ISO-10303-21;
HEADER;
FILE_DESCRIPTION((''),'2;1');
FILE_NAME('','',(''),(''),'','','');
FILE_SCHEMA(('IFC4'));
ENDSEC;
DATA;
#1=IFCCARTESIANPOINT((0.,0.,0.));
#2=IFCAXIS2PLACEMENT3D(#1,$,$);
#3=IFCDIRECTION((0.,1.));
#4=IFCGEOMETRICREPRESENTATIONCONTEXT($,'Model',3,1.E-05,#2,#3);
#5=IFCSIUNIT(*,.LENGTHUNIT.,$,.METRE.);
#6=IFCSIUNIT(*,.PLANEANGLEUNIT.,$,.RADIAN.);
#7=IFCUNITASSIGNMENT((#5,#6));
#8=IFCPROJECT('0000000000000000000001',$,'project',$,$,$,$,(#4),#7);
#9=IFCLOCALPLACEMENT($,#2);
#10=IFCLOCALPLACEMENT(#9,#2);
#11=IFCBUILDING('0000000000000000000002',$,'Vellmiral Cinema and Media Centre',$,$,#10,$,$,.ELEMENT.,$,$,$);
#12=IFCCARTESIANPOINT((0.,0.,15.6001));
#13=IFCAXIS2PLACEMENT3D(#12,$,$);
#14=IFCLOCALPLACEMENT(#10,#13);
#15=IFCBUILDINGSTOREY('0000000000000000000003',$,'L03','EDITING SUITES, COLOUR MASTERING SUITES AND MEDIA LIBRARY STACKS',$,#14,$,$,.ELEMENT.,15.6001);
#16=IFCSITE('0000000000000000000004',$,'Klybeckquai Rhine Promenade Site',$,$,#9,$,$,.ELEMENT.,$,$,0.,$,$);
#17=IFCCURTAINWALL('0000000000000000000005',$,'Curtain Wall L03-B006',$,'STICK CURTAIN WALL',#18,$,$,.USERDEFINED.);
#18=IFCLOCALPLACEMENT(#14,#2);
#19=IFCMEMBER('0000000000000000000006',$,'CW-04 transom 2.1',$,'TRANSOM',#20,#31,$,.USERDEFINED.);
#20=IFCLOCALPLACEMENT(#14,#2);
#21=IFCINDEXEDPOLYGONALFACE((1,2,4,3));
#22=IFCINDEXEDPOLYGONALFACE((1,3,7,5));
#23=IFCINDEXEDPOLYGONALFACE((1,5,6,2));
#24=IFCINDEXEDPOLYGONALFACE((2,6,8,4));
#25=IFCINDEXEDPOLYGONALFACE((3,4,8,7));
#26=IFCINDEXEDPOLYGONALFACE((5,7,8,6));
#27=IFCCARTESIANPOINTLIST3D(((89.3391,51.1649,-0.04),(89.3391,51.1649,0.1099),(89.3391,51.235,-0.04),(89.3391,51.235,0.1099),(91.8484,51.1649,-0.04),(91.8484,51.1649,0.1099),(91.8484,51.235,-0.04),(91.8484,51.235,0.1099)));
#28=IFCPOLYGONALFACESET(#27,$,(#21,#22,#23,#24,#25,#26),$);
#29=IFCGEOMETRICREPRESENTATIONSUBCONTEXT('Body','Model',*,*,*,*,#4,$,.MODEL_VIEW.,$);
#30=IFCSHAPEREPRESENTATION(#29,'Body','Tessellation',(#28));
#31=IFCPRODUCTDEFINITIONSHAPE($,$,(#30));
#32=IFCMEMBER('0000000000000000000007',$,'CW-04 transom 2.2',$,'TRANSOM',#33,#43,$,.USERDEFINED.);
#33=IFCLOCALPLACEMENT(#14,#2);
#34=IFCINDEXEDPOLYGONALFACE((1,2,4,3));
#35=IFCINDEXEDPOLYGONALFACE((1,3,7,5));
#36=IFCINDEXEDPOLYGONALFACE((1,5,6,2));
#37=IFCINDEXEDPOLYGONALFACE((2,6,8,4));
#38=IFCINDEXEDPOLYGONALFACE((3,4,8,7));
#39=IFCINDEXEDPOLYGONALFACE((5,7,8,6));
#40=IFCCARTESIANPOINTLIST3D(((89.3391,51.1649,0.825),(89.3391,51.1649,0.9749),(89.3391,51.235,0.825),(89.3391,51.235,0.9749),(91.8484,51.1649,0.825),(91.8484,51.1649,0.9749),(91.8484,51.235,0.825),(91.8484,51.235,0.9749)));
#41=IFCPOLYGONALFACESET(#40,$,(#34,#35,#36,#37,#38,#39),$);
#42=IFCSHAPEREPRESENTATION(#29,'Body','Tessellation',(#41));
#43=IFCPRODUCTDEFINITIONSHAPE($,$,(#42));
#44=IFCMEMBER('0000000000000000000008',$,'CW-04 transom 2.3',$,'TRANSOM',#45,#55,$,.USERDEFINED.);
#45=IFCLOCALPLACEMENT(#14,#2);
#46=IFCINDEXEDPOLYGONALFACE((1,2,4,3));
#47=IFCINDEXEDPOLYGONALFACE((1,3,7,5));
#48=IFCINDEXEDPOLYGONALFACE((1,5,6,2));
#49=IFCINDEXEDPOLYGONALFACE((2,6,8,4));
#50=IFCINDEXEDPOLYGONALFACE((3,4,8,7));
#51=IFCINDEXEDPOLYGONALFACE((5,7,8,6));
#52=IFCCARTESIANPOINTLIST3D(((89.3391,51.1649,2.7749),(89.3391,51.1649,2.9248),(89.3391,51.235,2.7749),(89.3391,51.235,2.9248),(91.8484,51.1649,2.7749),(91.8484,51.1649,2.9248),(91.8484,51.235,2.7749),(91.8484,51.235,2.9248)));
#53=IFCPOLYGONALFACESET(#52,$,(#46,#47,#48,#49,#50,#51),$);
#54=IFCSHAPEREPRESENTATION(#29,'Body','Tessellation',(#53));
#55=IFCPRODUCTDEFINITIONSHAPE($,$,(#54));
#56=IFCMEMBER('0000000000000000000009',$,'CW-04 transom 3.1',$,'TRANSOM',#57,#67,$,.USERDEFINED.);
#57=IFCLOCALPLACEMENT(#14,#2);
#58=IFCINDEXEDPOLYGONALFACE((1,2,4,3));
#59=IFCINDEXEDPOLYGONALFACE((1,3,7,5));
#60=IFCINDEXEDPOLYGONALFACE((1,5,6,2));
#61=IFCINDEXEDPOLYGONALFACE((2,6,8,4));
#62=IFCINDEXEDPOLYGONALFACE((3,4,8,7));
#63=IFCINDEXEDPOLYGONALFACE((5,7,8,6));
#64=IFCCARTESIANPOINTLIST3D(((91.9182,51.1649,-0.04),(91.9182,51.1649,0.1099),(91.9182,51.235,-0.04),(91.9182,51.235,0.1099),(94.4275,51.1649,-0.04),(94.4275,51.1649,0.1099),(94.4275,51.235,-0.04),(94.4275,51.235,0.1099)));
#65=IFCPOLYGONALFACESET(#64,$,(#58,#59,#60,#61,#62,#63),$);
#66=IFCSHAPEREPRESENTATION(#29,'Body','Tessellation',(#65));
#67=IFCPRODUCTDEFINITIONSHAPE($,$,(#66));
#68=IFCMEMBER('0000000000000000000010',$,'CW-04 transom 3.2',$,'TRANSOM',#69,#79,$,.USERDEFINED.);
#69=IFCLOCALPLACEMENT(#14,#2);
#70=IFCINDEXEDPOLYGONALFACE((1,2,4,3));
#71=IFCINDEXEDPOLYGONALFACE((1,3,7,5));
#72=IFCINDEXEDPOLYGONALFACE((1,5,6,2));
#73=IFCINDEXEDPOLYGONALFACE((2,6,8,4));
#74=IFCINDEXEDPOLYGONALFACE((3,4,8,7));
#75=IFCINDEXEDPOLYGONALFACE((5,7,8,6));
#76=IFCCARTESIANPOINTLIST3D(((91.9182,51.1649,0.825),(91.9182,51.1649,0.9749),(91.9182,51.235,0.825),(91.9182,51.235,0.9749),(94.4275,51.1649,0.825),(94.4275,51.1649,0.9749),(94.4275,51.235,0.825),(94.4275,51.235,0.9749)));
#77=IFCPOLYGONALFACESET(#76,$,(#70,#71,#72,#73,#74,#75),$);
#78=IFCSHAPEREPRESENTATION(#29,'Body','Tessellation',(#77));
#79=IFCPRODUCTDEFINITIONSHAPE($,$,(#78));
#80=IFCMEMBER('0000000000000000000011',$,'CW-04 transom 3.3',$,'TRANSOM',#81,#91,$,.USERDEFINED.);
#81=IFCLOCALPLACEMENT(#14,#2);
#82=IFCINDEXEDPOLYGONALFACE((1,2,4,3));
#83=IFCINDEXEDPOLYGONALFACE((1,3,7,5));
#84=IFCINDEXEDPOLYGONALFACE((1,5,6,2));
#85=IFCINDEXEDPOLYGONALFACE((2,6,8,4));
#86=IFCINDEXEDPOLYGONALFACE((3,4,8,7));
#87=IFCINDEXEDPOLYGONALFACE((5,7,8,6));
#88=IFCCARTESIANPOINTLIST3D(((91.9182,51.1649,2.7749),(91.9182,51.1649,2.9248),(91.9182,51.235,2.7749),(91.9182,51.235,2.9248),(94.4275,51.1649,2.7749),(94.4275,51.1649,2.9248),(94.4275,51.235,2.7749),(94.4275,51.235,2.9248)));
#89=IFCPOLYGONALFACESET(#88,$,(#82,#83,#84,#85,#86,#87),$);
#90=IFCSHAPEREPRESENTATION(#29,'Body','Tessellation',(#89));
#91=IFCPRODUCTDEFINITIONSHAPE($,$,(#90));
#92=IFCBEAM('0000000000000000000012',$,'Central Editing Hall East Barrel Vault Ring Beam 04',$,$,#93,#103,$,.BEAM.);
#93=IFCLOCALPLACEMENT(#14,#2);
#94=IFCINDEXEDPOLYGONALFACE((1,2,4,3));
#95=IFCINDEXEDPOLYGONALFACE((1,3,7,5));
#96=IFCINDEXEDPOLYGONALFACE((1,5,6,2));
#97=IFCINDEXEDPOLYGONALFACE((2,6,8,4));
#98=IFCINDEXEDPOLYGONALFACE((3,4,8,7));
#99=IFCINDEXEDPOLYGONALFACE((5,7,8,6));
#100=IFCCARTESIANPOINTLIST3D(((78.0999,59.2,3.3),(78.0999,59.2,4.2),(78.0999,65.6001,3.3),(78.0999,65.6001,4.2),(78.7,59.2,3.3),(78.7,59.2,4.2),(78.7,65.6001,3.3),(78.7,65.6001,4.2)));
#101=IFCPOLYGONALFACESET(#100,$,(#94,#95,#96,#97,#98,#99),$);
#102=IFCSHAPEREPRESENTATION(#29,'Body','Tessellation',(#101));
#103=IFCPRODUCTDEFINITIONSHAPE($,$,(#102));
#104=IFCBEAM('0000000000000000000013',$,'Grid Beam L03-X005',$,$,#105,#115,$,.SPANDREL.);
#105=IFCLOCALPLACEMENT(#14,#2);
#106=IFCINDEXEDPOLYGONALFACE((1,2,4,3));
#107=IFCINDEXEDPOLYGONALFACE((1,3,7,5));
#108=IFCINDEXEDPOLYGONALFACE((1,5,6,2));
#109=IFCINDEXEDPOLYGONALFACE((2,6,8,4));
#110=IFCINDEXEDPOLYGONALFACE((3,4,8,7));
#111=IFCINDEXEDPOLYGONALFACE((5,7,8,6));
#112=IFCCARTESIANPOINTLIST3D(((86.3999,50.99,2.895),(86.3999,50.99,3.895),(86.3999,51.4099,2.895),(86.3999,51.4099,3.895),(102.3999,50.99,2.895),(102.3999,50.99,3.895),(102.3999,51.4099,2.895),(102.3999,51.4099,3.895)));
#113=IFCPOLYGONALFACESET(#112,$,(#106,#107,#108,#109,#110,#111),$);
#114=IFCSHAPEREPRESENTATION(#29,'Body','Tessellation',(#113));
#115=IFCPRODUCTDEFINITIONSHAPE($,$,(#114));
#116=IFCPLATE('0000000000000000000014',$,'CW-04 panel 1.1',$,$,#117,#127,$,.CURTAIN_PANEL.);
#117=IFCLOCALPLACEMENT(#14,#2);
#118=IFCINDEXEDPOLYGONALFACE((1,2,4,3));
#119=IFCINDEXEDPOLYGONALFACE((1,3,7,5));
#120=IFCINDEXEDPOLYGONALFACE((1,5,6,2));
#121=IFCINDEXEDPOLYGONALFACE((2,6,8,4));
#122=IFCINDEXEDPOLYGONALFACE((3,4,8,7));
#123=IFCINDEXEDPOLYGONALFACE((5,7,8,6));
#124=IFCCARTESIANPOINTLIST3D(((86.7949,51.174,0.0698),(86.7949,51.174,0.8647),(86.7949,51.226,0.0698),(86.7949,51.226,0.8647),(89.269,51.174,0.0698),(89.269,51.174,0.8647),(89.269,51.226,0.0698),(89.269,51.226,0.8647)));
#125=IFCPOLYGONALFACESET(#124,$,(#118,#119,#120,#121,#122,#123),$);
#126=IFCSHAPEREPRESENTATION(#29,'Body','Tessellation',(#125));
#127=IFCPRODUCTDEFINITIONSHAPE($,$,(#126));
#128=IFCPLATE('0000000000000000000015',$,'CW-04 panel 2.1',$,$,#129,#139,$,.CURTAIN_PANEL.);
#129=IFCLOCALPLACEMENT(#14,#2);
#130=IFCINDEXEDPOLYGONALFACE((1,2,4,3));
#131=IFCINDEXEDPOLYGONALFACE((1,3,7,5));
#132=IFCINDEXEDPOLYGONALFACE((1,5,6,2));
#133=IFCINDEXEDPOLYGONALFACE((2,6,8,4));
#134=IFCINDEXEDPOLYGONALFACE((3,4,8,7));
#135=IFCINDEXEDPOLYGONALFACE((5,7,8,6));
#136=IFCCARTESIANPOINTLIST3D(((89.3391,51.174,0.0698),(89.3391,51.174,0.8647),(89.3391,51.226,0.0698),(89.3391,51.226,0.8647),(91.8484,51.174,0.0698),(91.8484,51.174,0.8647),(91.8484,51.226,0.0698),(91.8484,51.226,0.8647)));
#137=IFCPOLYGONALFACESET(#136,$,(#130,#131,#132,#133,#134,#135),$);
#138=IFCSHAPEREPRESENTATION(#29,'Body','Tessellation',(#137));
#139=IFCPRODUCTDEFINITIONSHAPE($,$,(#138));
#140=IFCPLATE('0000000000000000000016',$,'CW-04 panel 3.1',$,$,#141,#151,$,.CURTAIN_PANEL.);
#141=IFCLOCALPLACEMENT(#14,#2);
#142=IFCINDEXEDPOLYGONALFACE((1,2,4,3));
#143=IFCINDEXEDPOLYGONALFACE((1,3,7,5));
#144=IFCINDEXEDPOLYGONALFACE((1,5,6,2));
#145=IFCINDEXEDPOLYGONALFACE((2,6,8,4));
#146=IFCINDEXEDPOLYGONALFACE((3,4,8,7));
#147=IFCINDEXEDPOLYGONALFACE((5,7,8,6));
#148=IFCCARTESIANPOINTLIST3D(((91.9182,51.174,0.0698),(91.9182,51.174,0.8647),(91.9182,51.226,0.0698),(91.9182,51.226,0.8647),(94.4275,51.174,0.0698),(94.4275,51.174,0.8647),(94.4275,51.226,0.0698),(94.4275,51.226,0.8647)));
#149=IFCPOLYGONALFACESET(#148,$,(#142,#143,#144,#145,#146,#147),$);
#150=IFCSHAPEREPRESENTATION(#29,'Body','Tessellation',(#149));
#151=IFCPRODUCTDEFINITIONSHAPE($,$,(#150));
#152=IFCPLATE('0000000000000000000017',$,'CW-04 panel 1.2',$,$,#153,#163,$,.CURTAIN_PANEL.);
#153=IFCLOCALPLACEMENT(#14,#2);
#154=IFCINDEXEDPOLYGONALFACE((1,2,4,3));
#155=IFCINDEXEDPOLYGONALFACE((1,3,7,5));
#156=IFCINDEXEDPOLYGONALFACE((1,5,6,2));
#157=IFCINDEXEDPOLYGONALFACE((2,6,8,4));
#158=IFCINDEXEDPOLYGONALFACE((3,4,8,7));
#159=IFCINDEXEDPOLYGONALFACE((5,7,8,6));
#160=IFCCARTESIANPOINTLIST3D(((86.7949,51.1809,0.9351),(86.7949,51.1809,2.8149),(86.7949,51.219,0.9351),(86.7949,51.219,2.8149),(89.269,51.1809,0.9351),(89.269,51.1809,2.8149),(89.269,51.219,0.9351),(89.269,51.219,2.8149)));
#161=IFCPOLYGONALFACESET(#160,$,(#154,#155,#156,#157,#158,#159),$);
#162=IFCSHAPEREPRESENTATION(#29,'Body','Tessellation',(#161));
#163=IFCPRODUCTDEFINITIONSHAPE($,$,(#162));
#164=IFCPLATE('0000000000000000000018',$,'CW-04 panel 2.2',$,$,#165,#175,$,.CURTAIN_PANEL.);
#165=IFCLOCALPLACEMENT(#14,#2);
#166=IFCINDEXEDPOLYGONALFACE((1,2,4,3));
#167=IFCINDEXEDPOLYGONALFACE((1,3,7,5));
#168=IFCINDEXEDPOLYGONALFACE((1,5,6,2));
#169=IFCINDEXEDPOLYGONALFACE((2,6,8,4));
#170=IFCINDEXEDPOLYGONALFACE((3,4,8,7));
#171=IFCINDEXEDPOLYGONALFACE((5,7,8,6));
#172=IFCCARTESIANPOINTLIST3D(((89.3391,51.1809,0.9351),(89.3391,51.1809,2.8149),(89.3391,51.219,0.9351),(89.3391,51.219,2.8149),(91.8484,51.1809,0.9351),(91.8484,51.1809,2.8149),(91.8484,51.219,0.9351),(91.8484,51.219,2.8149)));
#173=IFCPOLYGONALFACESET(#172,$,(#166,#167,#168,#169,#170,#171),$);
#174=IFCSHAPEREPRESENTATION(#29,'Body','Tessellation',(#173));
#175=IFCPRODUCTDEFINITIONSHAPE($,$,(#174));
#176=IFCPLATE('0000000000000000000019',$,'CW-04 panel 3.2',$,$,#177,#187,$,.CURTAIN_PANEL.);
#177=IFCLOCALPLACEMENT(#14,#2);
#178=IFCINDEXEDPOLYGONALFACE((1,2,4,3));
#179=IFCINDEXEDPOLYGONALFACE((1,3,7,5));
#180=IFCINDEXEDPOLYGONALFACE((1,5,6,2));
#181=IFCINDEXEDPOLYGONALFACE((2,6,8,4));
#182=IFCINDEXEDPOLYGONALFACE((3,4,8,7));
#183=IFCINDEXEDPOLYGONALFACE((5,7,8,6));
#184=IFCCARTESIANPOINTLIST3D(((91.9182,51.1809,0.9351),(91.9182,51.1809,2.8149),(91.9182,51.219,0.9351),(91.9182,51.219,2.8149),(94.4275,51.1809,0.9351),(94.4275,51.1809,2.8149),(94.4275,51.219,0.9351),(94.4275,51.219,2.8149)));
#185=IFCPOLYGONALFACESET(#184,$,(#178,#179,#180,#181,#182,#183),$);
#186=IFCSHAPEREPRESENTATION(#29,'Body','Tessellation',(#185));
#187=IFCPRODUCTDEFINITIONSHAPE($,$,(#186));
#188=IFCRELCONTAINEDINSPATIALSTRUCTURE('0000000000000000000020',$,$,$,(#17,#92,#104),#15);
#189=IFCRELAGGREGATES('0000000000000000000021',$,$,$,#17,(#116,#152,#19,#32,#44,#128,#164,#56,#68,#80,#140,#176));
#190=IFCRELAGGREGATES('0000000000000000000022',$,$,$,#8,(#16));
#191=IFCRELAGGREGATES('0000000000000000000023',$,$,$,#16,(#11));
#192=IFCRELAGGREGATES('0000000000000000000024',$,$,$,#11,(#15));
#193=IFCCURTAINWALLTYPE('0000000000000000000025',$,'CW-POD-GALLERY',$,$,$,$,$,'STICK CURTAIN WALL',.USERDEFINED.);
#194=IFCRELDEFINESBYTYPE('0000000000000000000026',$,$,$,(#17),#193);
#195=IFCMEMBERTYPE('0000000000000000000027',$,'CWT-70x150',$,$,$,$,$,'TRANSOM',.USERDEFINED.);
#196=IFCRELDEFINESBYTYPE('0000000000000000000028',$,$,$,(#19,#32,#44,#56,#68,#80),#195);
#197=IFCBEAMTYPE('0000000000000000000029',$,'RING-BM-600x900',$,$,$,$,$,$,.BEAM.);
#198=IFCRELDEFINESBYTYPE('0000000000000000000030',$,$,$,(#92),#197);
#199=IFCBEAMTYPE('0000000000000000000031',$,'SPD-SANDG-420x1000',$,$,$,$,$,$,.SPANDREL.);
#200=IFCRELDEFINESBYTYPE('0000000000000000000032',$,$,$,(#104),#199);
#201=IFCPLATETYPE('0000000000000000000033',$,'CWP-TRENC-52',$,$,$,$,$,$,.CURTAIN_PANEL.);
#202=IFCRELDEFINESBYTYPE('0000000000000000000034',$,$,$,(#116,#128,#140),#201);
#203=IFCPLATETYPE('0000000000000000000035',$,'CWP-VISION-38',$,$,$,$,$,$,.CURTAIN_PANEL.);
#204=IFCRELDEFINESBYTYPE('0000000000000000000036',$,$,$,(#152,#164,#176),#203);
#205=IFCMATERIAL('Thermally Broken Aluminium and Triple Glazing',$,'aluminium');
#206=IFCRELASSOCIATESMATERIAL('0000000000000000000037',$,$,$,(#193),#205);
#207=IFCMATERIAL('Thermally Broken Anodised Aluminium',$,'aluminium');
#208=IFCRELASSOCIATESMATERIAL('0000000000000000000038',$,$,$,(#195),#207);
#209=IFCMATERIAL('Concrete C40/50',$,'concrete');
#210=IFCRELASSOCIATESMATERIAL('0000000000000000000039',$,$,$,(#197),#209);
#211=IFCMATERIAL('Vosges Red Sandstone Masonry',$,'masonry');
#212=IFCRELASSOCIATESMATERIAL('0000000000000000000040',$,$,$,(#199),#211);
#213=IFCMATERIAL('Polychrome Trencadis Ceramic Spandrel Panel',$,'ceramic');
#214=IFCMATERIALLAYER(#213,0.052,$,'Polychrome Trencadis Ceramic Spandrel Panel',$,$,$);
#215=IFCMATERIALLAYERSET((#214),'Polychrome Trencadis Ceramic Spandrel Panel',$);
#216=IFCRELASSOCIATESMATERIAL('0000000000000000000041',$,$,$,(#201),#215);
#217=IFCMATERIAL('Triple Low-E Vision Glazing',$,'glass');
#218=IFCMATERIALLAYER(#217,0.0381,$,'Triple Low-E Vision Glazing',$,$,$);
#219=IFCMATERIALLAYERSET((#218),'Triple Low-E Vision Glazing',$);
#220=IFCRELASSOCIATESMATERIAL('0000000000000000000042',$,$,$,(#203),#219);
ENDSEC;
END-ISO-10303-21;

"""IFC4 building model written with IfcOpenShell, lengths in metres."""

from ifc_helpers import new_model, si_unit, direction, frame, origin, origin_2d, place, context, subcontext, project, spatial, rectangle, extrude, material, layer, layer_set, material_profile, profile_set, type_object, element, aggregate, save


model = new_model("IFC4")

# Units and contexts
model_context = context("Model", 3, precision=1e-05, world=origin(), true_north=direction((0.0, 1.0)))
body_context = subcontext(model_context, "Body", "Model", "MODEL_VIEW")
ifc_project = project(units=[si_unit("LENGTHUNIT", "METRE"), si_unit("PLANEANGLEUNIT", "RADIAN")], contexts=[model_context])

# Site, building, storey
site_placement = place(None, origin())
site = spatial("IfcSite", under=ifc_project, at=site_placement, Name="Klybeckquai Rhine Promenade Site", CompositionType="ELEMENT", RefElevation=0.0)
building_placement = place(site_placement, origin())
building = spatial("IfcBuilding", under=site, at=building_placement, Name="Vellmiral Cinema and Media Centre", CompositionType="ELEMENT")
storey_placement = place(building_placement, frame((0.0, 0.0, 15.6001)))
storey = spatial("IfcBuildingStorey", under=building, at=storey_placement, Name="L03", Description="EDITING SUITES, COLOUR MASTERING SUITES AND MEDIA LIBRARY STACKS", CompositionType="ELEMENT", Elevation=15.6001)

# Curtain wall, members
ifc_material_1 = material(Name="Thermally Broken Aluminium and Triple Glazing", Category="aluminium")
curtain_wall_type = type_object("IfcCurtainWallType", Name="CW-POD-GALLERY", ElementType="STICK CURTAIN WALL", PredefinedType="USERDEFINED", material=ifc_material_1)
curtain_wall_placement = place(storey_placement, origin())
curtain_wall = element("IfcCurtainWall", 1, at=curtain_wall_placement, inside=storey, type_object=curtain_wall_type, Name="Curtain Wall L03-B006", ObjectType="STICK CURTAIN WALL", PredefinedType="USERDEFINED")
ifc_material_2 = material(Name="Thermally Broken Anodised Aluminium", Category="aluminium")
ifc_material_profile_1 = material_profile(ifc_material_2, rectangle(XDim=0.0701, YDim=0.1499, at=origin_2d()), Name="MULL 70x150")
ifc_profile_set_1 = profile_set([ifc_material_profile_1], Name="Thermally Broken Anodised Aluminium")
member_type_1 = type_object("IfcMemberType", Name="CWT-70x150", ElementType="TRANSOM", PredefinedType="USERDEFINED", material=ifc_profile_set_1)
member_1_placement = place(storey_placement, frame((89.3391, 51.2, 0.0349), z_axis=(1.0, 0.0, 0.0), x_axis=(0.0, 1.0, 0.0)))
member_1 = element("IfcMember", 2, at=member_1_placement, type_object=member_type_1, Name="CW-04 transom 2.1", ObjectType="TRANSOM", PredefinedType="USERDEFINED", context=body_context, shape_type="SweptSolid", body=[
    extrude(rectangle(XDim=0.0701, YDim=0.1499, at=origin_2d()), origin(), (0.0, 0.0, 1.0), 2.5093),
])
member_2_placement = place(storey_placement, frame((89.3391, 51.2, 0.8999), z_axis=(1.0, 0.0, 0.0), x_axis=(0.0, 1.0, 0.0)))
member_2 = element("IfcMember", 3, at=member_2_placement, type_object=member_type_1, Name="CW-04 transom 2.2", ObjectType="TRANSOM", PredefinedType="USERDEFINED", context=body_context, shape_type="SweptSolid", body=[
    extrude(rectangle(XDim=0.0701, YDim=0.1499, at=origin_2d()), origin(), (0.0, 0.0, 1.0), 2.5093),
])
member_3_placement = place(storey_placement, frame((89.3391, 51.2, 2.8499), z_axis=(1.0, 0.0, 0.0), x_axis=(0.0, 1.0, 0.0)))
member_3 = element("IfcMember", 4, at=member_3_placement, type_object=member_type_1, Name="CW-04 transom 2.3", ObjectType="TRANSOM", PredefinedType="USERDEFINED", context=body_context, shape_type="SweptSolid", body=[
    extrude(rectangle(XDim=0.0701, YDim=0.1499, at=origin_2d()), origin(), (0.0, 0.0, 1.0), 2.5093),
])
member_4_placement = place(storey_placement, frame((91.9182, 51.2, 0.0349), z_axis=(1.0, 0.0, 0.0), x_axis=(0.0, 1.0, 0.0)))
member_4 = element("IfcMember", 5, at=member_4_placement, type_object=member_type_1, Name="CW-04 transom 3.1", ObjectType="TRANSOM", PredefinedType="USERDEFINED", context=body_context, shape_type="SweptSolid", body=[
    extrude(rectangle(XDim=0.0701, YDim=0.1499, at=origin_2d()), origin(), (0.0, 0.0, 1.0), 2.5093),
])
member_5_placement = place(storey_placement, frame((91.9182, 51.2, 0.8999), z_axis=(1.0, 0.0, 0.0), x_axis=(0.0, 1.0, 0.0)))
member_5 = element("IfcMember", 6, at=member_5_placement, type_object=member_type_1, Name="CW-04 transom 3.2", ObjectType="TRANSOM", PredefinedType="USERDEFINED", context=body_context, shape_type="SweptSolid", body=[
    extrude(rectangle(XDim=0.0701, YDim=0.1499, at=origin_2d()), origin(), (0.0, 0.0, 1.0), 2.5093),
])
member_6_placement = place(storey_placement, frame((91.9182, 51.2, 2.8499), z_axis=(1.0, 0.0, 0.0), x_axis=(0.0, 1.0, 0.0)))
member_6 = element("IfcMember", 7, at=member_6_placement, type_object=member_type_1, Name="CW-04 transom 3.3", ObjectType="TRANSOM", PredefinedType="USERDEFINED", context=body_context, shape_type="SweptSolid", body=[
    extrude(rectangle(XDim=0.0701, YDim=0.1499, at=origin_2d()), origin(), (0.0, 0.0, 1.0), 2.5093),
])

# Beams
ifc_material_3 = material(Name="Concrete C40/50", Category="concrete")
ifc_material_profile_2 = material_profile(ifc_material_3, rectangle(XDim=0.6001, YDim=0.8999, at=origin_2d()), Name="RC 600x900")
ifc_profile_set_2 = profile_set([ifc_material_profile_2], Name="Concrete C40/50")
beam_type_1 = type_object("IfcBeamType", Name="RING-BM-600x900", PredefinedType="BEAM", material=ifc_profile_set_2)
beam_1_placement = place(storey_placement, frame((78.3999, 59.2, 3.75), z_axis=(0.0, 1.0, 0.0), x_axis=(-1.0, 0.0, 0.0)))
element("IfcBeam", 8, at=beam_1_placement, inside=storey, type_object=beam_type_1, Name="Central Editing Hall East Barrel Vault Ring Beam 04", PredefinedType="BEAM", context=body_context, shape_type="SweptSolid", body=[
    extrude(rectangle(XDim=0.6001, YDim=0.8999, at=origin_2d()), origin(), (0.0, 0.0, 1.0), 6.4001),
])
ifc_material_4 = material(Name="Vosges Red Sandstone Masonry", Category="masonry")
ifc_material_profile_3 = material_profile(ifc_material_4, rectangle(XDim=0.4199, YDim=1.0, at=origin_2d()), Name="SAND 420x1000")
ifc_profile_set_3 = profile_set([ifc_material_profile_3], Name="Vosges Red Sandstone Masonry")
beam_type_2 = type_object("IfcBeamType", Name="SPD-SANDG-420x1000", PredefinedType="SPANDREL", material=ifc_profile_set_3)
beam_2_placement = place(storey_placement, frame((86.3999, 51.2, 3.395), z_axis=(1.0, 0.0, 0.0), x_axis=(0.0, 1.0, 0.0)))
element("IfcBeam", 9, at=beam_2_placement, inside=storey, type_object=beam_type_2, Name="Grid Beam L03-X005", PredefinedType="SPANDREL", context=body_context, shape_type="SweptSolid", body=[
    extrude(rectangle(XDim=0.4199, YDim=1.0, at=origin_2d()), origin(), (0.0, 0.0, 1.0), 16.0),
])

# Plates
ifc_material_5 = material(Name="Polychrome Trencadis Ceramic Spandrel Panel", Category="ceramic")
ifc_layer_1 = layer(ifc_material_5, 0.052, Name="Polychrome Trencadis Ceramic Spandrel Panel")
ifc_layer_set_1 = layer_set([ifc_layer_1], Name="Polychrome Trencadis Ceramic Spandrel Panel")
plate_type_1 = type_object("IfcPlateType", Name="CWP-TRENC-52", PredefinedType="CURTAIN_PANEL", material=ifc_layer_set_1)
plate_1_placement = place(storey_placement, frame((88.032, 51.2, 0.0698), z_axis=(0.0, 0.0, 1.0), x_axis=(1.0, 0.0, 0.0)))
plate_1 = element("IfcPlate", 10, at=plate_1_placement, type_object=plate_type_1, Name="CW-04 panel 1.1", PredefinedType="CURTAIN_PANEL", context=body_context, shape_type="SweptSolid", body=[
    extrude(rectangle(XDim=2.4741, YDim=0.052, at=origin_2d()), origin(), (0.0, 0.0, 1.0), 0.7949),
])
plate_2_placement = place(storey_placement, frame((90.5938, 51.2, 0.0698), z_axis=(0.0, 0.0, 1.0), x_axis=(1.0, 0.0, 0.0)))
plate_2 = element("IfcPlate", 11, at=plate_2_placement, type_object=plate_type_1, Name="CW-04 panel 2.1", PredefinedType="CURTAIN_PANEL", context=body_context, shape_type="SweptSolid", body=[
    extrude(rectangle(XDim=2.5093, YDim=0.052, at=origin_2d()), origin(), (0.0, 0.0, 1.0), 0.7949),
])
plate_3_placement = place(storey_placement, frame((93.1729, 51.2, 0.0698), z_axis=(0.0, 0.0, 1.0), x_axis=(1.0, 0.0, 0.0)))
plate_3 = element("IfcPlate", 12, at=plate_3_placement, type_object=plate_type_1, Name="CW-04 panel 3.1", PredefinedType="CURTAIN_PANEL", context=body_context, shape_type="SweptSolid", body=[
    extrude(rectangle(XDim=2.5093, YDim=0.052, at=origin_2d()), origin(), (0.0, 0.0, 1.0), 0.7949),
])
ifc_material_6 = material(Name="Triple Low-E Vision Glazing", Category="glass")
ifc_layer_2 = layer(ifc_material_6, 0.0381, Name="Triple Low-E Vision Glazing")
ifc_layer_set_2 = layer_set([ifc_layer_2], Name="Triple Low-E Vision Glazing")
plate_type_2 = type_object("IfcPlateType", Name="CWP-VISION-38", PredefinedType="CURTAIN_PANEL", material=ifc_layer_set_2)
plate_4_placement = place(storey_placement, frame((88.032, 51.2, 0.9351), z_axis=(0.0, 0.0, 1.0), x_axis=(1.0, 0.0, 0.0)))
plate_4 = element("IfcPlate", 13, at=plate_4_placement, type_object=plate_type_2, Name="CW-04 panel 1.2", PredefinedType="CURTAIN_PANEL", context=body_context, shape_type="SweptSolid", body=[
    extrude(rectangle(XDim=2.4741, YDim=0.0381, at=origin_2d()), origin(), (0.0, 0.0, 1.0), 1.8799),
])
plate_5_placement = place(storey_placement, frame((90.5938, 51.2, 0.9351), z_axis=(0.0, 0.0, 1.0), x_axis=(1.0, 0.0, 0.0)))
plate_5 = element("IfcPlate", 14, at=plate_5_placement, type_object=plate_type_2, Name="CW-04 panel 2.2", PredefinedType="CURTAIN_PANEL", context=body_context, shape_type="SweptSolid", body=[
    extrude(rectangle(XDim=2.5093, YDim=0.0381, at=origin_2d()), origin(), (0.0, 0.0, 1.0), 1.8799),
])
plate_6_placement = place(storey_placement, frame((93.1729, 51.2, 0.9351), z_axis=(0.0, 0.0, 1.0), x_axis=(1.0, 0.0, 0.0)))
plate_6 = element("IfcPlate", 15, at=plate_6_placement, type_object=plate_type_2, Name="CW-04 panel 3.2", PredefinedType="CURTAIN_PANEL", context=body_context, shape_type="SweptSolid", body=[
    extrude(rectangle(XDim=2.5093, YDim=0.0381, at=origin_2d()), origin(), (0.0, 0.0, 1.0), 1.8799),
])
aggregate(curtain_wall, [plate_1, plate_4, member_1, member_2, member_3, plate_2, plate_5, member_4, member_5, member_6, plate_3, plate_6])

save(model, "model.ifc")
